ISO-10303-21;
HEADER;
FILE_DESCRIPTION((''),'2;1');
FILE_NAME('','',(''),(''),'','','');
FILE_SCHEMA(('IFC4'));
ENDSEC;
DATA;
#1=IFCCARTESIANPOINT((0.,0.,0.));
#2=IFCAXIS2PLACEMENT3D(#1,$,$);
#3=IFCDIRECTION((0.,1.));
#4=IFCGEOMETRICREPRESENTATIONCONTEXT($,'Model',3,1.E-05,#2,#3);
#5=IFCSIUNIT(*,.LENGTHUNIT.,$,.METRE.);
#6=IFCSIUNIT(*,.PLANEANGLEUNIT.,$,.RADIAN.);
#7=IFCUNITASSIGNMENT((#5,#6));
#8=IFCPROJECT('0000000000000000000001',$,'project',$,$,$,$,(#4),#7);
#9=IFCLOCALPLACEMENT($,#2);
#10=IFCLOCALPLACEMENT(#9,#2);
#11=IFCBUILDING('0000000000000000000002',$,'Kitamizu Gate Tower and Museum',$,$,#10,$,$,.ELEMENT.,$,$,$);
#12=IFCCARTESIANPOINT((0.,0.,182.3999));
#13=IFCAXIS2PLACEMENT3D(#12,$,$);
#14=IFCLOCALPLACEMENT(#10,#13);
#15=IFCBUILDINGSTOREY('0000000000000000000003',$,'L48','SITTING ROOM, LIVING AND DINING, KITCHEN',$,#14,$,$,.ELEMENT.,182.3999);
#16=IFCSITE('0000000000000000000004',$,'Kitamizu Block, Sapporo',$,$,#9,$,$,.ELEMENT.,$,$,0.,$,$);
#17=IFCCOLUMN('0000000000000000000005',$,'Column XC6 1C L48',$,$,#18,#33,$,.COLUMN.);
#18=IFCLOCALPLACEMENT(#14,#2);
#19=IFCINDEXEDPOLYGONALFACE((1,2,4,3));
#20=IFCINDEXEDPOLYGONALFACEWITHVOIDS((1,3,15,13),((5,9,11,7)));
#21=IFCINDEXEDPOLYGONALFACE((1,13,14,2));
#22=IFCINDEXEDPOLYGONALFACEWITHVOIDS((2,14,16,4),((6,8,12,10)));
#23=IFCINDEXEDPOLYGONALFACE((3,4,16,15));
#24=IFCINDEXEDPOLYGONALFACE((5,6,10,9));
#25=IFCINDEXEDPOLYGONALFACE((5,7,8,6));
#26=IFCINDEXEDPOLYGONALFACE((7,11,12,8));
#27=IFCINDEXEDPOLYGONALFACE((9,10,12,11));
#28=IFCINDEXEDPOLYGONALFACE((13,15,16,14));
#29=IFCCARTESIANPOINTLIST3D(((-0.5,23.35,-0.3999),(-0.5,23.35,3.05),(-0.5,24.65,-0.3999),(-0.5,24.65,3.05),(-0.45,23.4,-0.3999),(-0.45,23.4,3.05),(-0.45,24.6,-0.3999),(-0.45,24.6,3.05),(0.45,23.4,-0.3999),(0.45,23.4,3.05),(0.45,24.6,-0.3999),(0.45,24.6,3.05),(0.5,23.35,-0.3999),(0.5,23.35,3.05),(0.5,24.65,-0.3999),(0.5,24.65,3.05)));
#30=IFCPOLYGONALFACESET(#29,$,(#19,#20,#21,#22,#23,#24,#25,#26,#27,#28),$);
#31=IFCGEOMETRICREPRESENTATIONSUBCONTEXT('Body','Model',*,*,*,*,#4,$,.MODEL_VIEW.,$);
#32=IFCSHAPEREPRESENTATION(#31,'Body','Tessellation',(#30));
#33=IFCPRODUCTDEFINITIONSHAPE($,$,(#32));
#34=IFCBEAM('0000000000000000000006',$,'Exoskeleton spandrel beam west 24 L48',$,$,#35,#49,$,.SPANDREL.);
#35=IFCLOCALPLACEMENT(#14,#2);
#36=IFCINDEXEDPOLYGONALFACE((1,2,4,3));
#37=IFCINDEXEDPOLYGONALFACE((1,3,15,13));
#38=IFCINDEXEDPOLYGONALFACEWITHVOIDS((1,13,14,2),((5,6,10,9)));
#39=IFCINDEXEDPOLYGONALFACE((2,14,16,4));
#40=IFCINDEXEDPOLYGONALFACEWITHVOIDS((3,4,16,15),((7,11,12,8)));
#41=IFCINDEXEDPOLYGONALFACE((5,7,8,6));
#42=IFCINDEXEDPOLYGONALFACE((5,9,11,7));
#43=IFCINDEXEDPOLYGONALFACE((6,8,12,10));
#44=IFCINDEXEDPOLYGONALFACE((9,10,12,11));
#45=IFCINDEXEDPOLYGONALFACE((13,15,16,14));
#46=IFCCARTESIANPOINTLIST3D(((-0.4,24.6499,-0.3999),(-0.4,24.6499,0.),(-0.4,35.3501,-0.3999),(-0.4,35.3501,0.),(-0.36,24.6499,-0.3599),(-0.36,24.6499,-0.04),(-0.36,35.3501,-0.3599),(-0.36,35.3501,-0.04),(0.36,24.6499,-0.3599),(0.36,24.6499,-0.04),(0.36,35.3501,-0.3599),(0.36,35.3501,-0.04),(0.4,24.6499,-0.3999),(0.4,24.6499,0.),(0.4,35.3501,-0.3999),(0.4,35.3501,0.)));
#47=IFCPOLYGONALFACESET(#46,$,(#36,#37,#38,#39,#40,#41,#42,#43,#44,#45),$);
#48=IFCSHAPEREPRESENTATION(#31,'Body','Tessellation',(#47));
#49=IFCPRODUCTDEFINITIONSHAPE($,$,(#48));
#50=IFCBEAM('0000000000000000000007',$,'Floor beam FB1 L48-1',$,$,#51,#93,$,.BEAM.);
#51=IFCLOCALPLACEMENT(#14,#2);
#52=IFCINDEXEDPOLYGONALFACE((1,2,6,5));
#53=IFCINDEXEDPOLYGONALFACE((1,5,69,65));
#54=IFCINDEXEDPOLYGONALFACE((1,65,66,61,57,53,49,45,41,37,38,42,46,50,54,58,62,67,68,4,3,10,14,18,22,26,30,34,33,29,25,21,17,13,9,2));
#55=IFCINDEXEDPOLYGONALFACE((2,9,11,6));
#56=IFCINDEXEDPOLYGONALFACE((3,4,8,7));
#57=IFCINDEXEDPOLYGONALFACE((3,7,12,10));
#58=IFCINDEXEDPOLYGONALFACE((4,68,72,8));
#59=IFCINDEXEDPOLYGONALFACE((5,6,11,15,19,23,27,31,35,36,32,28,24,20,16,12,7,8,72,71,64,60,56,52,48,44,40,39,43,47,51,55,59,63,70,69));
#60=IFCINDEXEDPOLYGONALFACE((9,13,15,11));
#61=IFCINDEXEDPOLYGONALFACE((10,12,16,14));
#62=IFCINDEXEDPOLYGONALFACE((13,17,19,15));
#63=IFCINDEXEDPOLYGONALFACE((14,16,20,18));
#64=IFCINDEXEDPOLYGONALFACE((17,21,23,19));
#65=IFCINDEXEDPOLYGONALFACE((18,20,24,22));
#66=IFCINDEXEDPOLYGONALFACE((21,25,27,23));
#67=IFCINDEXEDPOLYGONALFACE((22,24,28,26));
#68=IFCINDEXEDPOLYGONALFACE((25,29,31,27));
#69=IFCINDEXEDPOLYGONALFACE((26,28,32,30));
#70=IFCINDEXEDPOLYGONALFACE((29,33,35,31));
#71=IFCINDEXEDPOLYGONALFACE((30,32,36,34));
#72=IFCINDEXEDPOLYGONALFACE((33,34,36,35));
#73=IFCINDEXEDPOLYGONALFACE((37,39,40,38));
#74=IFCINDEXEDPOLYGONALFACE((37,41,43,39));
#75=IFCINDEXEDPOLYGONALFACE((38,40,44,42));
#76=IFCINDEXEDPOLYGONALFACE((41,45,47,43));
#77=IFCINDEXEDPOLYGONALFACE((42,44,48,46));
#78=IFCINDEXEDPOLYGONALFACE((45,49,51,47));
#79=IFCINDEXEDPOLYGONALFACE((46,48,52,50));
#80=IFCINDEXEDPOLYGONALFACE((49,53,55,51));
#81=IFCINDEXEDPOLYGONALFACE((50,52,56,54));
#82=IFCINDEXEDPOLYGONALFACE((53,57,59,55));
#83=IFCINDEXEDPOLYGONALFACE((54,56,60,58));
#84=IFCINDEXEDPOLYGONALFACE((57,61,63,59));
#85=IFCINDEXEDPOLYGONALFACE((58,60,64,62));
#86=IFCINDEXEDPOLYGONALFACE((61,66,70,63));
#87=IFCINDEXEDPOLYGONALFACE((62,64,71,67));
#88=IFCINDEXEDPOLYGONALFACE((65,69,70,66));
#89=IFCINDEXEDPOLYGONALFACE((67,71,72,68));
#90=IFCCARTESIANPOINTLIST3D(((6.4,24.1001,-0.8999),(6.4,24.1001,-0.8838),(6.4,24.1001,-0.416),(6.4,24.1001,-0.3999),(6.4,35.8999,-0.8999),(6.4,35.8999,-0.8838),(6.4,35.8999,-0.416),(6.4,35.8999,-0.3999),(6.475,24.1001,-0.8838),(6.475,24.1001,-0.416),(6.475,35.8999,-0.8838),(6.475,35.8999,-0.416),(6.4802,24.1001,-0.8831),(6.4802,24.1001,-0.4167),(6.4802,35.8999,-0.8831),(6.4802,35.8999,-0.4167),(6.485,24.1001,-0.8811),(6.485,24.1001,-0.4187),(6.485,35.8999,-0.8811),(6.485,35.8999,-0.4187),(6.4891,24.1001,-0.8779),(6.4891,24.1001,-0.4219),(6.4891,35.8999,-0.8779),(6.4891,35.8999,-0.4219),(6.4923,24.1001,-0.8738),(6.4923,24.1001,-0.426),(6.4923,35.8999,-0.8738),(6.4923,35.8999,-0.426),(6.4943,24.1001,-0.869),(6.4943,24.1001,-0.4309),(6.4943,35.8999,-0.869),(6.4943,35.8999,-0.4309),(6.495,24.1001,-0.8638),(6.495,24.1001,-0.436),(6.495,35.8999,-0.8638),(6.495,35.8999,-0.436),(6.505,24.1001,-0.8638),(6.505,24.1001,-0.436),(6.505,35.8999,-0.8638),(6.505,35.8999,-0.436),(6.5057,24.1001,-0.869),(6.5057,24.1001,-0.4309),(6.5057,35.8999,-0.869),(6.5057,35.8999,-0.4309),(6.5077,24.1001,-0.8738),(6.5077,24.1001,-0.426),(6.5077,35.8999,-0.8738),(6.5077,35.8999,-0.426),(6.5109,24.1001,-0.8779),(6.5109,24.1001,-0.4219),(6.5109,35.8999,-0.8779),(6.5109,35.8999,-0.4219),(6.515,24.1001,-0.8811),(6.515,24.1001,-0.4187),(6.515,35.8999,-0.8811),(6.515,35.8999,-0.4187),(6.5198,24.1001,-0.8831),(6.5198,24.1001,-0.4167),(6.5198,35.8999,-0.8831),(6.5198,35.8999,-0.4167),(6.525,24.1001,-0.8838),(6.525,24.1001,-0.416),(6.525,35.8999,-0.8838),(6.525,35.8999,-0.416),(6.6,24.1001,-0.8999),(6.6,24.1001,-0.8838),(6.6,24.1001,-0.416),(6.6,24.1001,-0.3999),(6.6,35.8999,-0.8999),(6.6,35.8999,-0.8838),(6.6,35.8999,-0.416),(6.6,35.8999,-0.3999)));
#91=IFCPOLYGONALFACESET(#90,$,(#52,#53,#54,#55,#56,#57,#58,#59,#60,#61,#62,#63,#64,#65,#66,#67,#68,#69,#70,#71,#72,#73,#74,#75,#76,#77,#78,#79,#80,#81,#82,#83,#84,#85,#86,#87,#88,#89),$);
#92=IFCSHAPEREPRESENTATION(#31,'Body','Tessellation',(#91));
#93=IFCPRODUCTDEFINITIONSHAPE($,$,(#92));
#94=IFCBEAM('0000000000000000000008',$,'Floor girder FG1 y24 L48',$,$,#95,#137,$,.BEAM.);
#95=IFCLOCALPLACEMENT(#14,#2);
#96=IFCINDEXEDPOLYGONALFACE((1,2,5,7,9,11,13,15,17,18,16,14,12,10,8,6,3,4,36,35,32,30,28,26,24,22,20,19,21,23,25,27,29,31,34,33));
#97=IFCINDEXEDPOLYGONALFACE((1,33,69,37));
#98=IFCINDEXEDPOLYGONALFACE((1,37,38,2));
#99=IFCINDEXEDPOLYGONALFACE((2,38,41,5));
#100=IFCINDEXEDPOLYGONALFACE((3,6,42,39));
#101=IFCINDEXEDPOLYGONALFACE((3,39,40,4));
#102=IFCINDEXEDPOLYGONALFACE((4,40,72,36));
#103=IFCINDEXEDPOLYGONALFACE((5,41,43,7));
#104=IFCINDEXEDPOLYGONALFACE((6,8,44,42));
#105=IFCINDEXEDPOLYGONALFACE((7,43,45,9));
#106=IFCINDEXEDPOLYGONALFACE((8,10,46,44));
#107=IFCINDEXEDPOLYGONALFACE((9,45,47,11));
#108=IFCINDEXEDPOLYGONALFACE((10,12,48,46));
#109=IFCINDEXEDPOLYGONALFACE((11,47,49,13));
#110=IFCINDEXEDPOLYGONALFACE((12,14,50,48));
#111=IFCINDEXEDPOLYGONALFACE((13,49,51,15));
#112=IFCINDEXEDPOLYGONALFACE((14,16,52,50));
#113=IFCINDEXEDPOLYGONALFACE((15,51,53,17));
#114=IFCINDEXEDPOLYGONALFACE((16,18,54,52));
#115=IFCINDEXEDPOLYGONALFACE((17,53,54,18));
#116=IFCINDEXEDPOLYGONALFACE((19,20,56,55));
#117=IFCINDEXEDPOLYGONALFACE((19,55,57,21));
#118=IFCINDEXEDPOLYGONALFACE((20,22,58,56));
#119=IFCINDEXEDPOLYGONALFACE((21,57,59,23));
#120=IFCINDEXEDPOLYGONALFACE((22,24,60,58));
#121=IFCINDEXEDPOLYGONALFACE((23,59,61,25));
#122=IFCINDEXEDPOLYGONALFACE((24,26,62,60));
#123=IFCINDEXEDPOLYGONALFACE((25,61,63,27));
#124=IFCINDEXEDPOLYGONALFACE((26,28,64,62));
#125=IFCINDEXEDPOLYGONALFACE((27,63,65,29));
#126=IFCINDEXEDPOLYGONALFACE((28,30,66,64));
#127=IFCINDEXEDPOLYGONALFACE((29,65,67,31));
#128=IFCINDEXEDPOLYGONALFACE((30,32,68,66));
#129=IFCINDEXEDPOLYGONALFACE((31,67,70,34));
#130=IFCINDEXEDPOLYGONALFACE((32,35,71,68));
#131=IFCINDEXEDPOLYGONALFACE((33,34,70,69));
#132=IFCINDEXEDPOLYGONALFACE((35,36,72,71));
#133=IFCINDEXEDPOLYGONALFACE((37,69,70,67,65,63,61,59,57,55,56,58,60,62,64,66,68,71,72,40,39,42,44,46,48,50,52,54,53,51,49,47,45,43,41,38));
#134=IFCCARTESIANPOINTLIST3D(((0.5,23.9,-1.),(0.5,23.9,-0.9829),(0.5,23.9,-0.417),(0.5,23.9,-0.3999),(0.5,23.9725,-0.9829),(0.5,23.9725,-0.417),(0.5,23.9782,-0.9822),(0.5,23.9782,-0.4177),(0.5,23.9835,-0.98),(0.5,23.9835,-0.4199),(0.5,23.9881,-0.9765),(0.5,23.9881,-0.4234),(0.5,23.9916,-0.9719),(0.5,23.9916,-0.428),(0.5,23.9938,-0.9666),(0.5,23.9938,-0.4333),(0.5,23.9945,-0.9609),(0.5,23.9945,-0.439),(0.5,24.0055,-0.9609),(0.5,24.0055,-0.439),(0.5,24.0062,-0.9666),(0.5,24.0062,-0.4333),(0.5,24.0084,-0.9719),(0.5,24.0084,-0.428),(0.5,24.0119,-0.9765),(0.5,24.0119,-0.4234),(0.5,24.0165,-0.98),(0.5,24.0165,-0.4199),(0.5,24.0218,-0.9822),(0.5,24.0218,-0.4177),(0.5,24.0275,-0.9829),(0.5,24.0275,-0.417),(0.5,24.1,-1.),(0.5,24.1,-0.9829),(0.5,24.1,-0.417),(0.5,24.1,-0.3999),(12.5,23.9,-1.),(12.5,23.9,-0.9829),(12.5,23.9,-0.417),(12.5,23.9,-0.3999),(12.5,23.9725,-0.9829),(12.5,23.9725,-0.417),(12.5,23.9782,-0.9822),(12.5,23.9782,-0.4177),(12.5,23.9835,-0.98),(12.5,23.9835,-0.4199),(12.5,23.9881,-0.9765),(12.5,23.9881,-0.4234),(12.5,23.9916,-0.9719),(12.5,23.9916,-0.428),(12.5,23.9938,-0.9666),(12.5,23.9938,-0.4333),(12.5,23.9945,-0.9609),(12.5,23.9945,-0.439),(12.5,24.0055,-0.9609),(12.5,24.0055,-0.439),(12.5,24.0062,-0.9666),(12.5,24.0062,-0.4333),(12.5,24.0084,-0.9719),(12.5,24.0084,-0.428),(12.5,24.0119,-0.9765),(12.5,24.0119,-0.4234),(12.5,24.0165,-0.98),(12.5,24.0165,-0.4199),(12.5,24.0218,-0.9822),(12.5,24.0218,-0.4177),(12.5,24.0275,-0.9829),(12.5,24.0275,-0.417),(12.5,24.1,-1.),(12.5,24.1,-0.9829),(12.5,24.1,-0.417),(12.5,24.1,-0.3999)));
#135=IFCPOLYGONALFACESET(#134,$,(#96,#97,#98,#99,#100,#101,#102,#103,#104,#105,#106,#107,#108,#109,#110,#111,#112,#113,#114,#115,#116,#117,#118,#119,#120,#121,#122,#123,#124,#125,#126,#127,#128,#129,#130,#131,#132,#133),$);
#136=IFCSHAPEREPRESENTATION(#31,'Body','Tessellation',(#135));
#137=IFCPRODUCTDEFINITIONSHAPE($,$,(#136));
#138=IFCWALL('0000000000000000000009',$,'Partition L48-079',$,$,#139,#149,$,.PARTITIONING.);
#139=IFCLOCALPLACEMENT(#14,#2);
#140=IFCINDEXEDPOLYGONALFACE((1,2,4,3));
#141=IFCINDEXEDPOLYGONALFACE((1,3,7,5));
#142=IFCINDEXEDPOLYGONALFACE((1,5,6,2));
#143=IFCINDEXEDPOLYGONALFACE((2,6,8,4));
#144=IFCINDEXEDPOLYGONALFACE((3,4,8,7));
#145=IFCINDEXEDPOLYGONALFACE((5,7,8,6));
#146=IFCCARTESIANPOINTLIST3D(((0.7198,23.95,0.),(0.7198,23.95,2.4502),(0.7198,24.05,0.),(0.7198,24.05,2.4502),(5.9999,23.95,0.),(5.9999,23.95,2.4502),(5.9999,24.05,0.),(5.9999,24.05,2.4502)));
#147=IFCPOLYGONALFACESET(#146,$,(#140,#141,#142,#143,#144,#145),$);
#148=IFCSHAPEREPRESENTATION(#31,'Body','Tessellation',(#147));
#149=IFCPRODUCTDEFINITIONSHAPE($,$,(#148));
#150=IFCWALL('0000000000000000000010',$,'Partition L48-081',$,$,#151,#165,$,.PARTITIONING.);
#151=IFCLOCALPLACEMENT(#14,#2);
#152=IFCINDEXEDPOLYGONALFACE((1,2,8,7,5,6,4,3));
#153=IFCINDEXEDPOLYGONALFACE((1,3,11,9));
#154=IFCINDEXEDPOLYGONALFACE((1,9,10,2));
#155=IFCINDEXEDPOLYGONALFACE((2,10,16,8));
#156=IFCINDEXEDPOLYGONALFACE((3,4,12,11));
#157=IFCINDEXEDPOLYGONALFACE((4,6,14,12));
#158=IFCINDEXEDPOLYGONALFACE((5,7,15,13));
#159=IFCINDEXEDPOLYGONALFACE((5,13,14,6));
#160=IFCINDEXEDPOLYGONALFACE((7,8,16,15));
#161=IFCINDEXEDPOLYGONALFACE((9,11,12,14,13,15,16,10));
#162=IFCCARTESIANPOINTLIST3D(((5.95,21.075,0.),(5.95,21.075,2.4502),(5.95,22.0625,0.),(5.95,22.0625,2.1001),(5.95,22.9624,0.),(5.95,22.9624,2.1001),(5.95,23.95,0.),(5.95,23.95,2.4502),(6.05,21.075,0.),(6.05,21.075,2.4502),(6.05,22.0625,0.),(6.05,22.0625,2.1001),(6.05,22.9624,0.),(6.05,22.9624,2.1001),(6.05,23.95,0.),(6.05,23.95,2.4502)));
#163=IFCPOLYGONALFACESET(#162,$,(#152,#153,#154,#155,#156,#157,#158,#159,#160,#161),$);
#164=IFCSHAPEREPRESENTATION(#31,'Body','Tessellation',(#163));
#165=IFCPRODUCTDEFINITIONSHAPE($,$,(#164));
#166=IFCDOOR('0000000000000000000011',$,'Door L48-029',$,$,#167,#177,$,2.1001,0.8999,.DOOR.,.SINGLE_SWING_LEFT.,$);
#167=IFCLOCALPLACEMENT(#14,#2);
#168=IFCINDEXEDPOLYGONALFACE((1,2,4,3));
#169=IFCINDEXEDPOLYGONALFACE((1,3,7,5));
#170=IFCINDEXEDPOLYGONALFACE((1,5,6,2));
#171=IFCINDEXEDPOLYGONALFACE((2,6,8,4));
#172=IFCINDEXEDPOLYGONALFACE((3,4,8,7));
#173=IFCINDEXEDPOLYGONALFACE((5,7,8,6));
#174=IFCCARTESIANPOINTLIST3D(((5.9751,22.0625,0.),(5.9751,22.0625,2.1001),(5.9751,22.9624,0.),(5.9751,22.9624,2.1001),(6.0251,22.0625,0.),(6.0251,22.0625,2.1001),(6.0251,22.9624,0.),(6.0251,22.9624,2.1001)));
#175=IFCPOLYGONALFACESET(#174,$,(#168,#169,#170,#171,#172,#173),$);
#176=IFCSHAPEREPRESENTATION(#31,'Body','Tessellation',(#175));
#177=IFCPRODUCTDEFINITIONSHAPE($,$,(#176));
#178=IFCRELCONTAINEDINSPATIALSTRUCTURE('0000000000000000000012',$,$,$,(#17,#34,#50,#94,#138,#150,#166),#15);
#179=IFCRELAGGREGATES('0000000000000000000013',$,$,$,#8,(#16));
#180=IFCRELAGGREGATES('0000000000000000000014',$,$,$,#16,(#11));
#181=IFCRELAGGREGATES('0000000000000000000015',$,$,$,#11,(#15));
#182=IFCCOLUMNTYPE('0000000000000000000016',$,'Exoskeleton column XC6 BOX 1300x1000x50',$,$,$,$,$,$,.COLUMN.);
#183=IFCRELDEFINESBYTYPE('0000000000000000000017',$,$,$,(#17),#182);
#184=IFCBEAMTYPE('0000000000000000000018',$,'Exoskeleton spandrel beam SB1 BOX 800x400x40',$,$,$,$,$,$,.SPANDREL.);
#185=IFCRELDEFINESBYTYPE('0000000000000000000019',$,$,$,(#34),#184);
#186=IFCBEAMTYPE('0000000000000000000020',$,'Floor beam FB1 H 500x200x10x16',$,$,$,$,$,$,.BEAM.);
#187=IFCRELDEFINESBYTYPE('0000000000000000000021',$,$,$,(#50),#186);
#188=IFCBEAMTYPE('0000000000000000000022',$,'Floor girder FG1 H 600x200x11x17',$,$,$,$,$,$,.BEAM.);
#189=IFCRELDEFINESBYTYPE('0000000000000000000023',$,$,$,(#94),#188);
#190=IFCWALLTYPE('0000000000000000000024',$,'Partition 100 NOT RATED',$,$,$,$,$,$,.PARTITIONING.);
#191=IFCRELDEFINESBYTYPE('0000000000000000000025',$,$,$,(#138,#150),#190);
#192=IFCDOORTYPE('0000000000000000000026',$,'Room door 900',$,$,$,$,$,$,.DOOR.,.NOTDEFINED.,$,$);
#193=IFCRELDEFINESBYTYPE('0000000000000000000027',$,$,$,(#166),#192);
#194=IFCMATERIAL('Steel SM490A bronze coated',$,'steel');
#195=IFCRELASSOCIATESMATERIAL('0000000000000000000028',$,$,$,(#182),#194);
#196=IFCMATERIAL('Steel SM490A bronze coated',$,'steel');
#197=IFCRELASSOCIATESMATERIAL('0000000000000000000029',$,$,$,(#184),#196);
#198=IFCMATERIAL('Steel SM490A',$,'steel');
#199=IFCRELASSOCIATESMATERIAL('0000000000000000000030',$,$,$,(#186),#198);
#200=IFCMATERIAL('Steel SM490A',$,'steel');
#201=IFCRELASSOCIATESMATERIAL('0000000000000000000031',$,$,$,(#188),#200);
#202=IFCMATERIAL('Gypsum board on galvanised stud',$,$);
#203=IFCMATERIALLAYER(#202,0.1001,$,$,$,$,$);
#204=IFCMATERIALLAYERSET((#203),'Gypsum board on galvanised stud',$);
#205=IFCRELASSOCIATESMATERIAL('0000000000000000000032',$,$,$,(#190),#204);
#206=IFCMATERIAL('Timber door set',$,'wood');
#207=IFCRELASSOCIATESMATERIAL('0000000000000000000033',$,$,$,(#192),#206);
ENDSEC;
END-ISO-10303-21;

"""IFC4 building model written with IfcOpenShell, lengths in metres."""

from ifc_helpers import new_model, si_unit, direction, frame, frame_2d, origin, origin_2d, place, context, subcontext, project, spatial, rectangle, hollow_rectangle, i_section, extrude, material, layer, layer_set, material_profile, profile_set, type_object, element, fill, save


model = new_model("IFC4")

# Units and contexts
model_context = context("Model", 3, precision=1e-05, world=origin(), true_north=direction((0.0, 1.0)))
body_context = subcontext(model_context, "Body", "Model", "MODEL_VIEW")
ifc_project = project(units=[si_unit("LENGTHUNIT", "METRE"), si_unit("PLANEANGLEUNIT", "RADIAN")], contexts=[model_context])

# Site, building, storey
site_placement = place(None, origin())
site = spatial("IfcSite", under=ifc_project, at=site_placement, Name="Kitamizu Block, Sapporo", CompositionType="ELEMENT", RefElevation=0.0)
building_placement = place(site_placement, origin())
building = spatial("IfcBuilding", under=site, at=building_placement, Name="Kitamizu Gate Tower and Museum", CompositionType="ELEMENT")
storey_placement = place(building_placement, frame((0.0, 0.0, 182.3999)))
storey = spatial("IfcBuildingStorey", under=building, at=storey_placement, Name="L48", Description="SITTING ROOM, LIVING AND DINING, KITCHEN", CompositionType="ELEMENT", Elevation=182.3999)

# Column
ifc_material_1 = material(Name="Steel SM490A bronze coated", Category="steel")
ifc_material_profile_1 = material_profile(ifc_material_1, hollow_rectangle(XDim=1.3, YDim=1.0, WallThickness=0.05, at=origin_2d()), Name="BOX 1300x1000x50")
ifc_profile_set_1 = profile_set([ifc_material_profile_1], Name="Steel SM490A bronze coated")
column_type = type_object("IfcColumnType", Name="Exoskeleton column XC6 BOX 1300x1000x50", PredefinedType="COLUMN", material=ifc_profile_set_1)
column_placement = place(storey_placement, frame((0.0, 24.0, -0.3999), z_axis=(0.0, 0.0, 1.0), x_axis=(0.0, 1.0, 0.0)))
element("IfcColumn", 1, at=column_placement, inside=storey, type_object=column_type, Name="Column XC6 1C L48", PredefinedType="COLUMN", context=body_context, shape_type="SweptSolid", body=[
    extrude(hollow_rectangle(XDim=1.3, YDim=1.0, WallThickness=0.05, at=origin_2d()), origin(), (0.0, 0.0, 1.0), 3.45),
])

# Beams
ifc_material_2 = material(Name="Steel SM490A bronze coated", Category="steel")
ifc_material_profile_2 = material_profile(ifc_material_2, hollow_rectangle(XDim=0.8, YDim=0.3999, WallThickness=0.04, at=origin_2d()), Name="BOX 800x400x40")
ifc_profile_set_2 = profile_set([ifc_material_profile_2], Name="Steel SM490A bronze coated")
beam_type_1 = type_object("IfcBeamType", Name="Exoskeleton spandrel beam SB1 BOX 800x400x40", PredefinedType="SPANDREL", material=ifc_profile_set_2)
beam_1_placement = place(storey_placement, frame((0.0, 24.6499, -0.2), z_axis=(0.0, 1.0, 0.0), x_axis=(-1.0, 0.0, 0.0)))
element("IfcBeam", 2, at=beam_1_placement, inside=storey, type_object=beam_type_1, Name="Exoskeleton spandrel beam west 24 L48", PredefinedType="SPANDREL", context=body_context, shape_type="SweptSolid", body=[
    extrude(hollow_rectangle(XDim=0.8, YDim=0.3999, WallThickness=0.04, at=origin_2d()), origin(), (0.0, 0.0, 1.0), 10.7002),
])
ifc_material_3 = material(Name="Steel SM490A", Category="steel")
ifc_material_profile_3 = material_profile(ifc_material_3, i_section(OverallWidth=0.2, OverallDepth=0.5, WebThickness=0.01, FlangeThickness=0.0161, FilletRadius=0.02, at=origin_2d()), Name="H-500x200x10x16")
ifc_profile_set_3 = profile_set([ifc_material_profile_3], Name="Steel SM490A")
beam_type_2 = type_object("IfcBeamType", Name="Floor beam FB1 H 500x200x10x16", PredefinedType="BEAM", material=ifc_profile_set_3)
beam_2_placement = place(storey_placement, frame((6.5, 24.1001, -0.6499), z_axis=(0.0, 1.0, 0.0), x_axis=(-1.0, 0.0, 0.0)))
element("IfcBeam", 3, at=beam_2_placement, inside=storey, type_object=beam_type_2, Name="Floor beam FB1 L48-1", PredefinedType="BEAM", context=body_context, shape_type="SweptSolid", body=[
    extrude(i_section(OverallWidth=0.2, OverallDepth=0.5, WebThickness=0.01, FlangeThickness=0.0161, FilletRadius=0.02, at=origin_2d()), origin(), (0.0, 0.0, 1.0), 11.7998),
])
ifc_material_4 = material(Name="Steel SM490A", Category="steel")
ifc_material_profile_4 = material_profile(ifc_material_4, i_section(OverallWidth=0.2, OverallDepth=0.6001, WebThickness=0.011, FlangeThickness=0.0171, FilletRadius=0.022, at=origin_2d()), Name="H-600x200x11x17")
ifc_profile_set_4 = profile_set([ifc_material_profile_4], Name="Steel SM490A")
beam_type_3 = type_object("IfcBeamType", Name="Floor girder FG1 H 600x200x11x17", PredefinedType="BEAM", material=ifc_profile_set_4)
beam_3_placement = place(storey_placement, frame((0.5, 24.0, -0.7), z_axis=(1.0, 0.0, 0.0), x_axis=(0.0, 1.0, 0.0)))
element("IfcBeam", 4, at=beam_3_placement, inside=storey, type_object=beam_type_3, Name="Floor girder FG1 y24 L48", PredefinedType="BEAM", context=body_context, shape_type="SweptSolid", body=[
    extrude(i_section(OverallWidth=0.2, OverallDepth=0.6001, WebThickness=0.011, FlangeThickness=0.0171, FilletRadius=0.022, at=origin_2d()), origin(), (0.0, 0.0, 1.0), 12.0),
])

# Wall
ifc_material_5 = material(Name="Gypsum board on galvanised stud")
ifc_layer_1 = layer(ifc_material_5, 0.1001)
ifc_layer_set_1 = layer_set([ifc_layer_1], Name="Gypsum board on galvanised stud")
wall_type_1 = type_object("IfcWallType", Name="Partition 100 NOT RATED", PredefinedType="PARTITIONING", material=ifc_layer_set_1)
wall_1_placement = place(storey_placement, frame((6.0, 24.0, 0.0), z_axis=(0.0, 0.0, 1.0), x_axis=(-1.0, 0.0, 0.0)))
element("IfcWall", 5, at=wall_1_placement, inside=storey, type_object=wall_type_1, Name="Partition L48-079", PredefinedType="PARTITIONING", context=body_context, shape_type="SweptSolid", body=[
    extrude(rectangle(XDim=5.28, YDim=0.1001, at=frame_2d((2.6401, 0.0))), origin(), (0.0, 0.0, 1.0), 2.4502),
])

# Wall, opening, door
wall_2_placement = place(storey_placement, frame((6.0, 21.075, 0.0), z_axis=(0.0, 0.0, 1.0), x_axis=(0.0, 1.0, 0.0)))
wall_2 = element("IfcWall", 6, at=wall_2_placement, inside=storey, type_object=wall_type_1, Name="Partition L48-081", PredefinedType="PARTITIONING", context=body_context, shape_type="SweptSolid", body=[
    extrude(rectangle(XDim=2.875, YDim=0.1001, at=frame_2d((1.4375, 0.0))), origin(), (0.0, 0.0, 1.0), 2.4502),
])
opening_1_placement = place(wall_2_placement, frame((0.9875, 0.0, 0.0)))
opening_1 = element("IfcOpeningElement", 7, at=opening_1_placement, cuts=wall_2, PredefinedType="OPENING", context=body_context, shape_type="SweptSolid", body=[
    extrude(rectangle(XDim=0.8999, YDim=2.1001, at=frame_2d((0.45, 1.05))), frame((0.0, 0.0601, 0.0), z_axis=(0.0, -1.0, 0.0), x_axis=(1.0, 0.0, 0.0)), (0.0, 0.0, 1.0), 0.1201),
])
ifc_material_6 = material(Name="Timber door set", Category="wood")
door_type_1 = type_object("IfcDoorType", Name="Room door 900", OperationType="NOTDEFINED", PredefinedType="DOOR", material=ifc_material_6)
door_1_placement = place(opening_1_placement, origin())
door_1 = element("IfcDoor", 8, at=door_1_placement, inside=storey, type_object=door_type_1, Name="Door L48-029", OperationType="SINGLE_SWING_LEFT", OverallHeight=2.1001, OverallWidth=0.8999, PredefinedType="DOOR", context=body_context, shape_type="SweptSolid", body=[
    extrude(rectangle(XDim=0.8999, YDim=2.1001, at=frame_2d((0.45, 1.05))), frame((0.0, 0.0249, 0.0), z_axis=(0.0, -1.0, 0.0), x_axis=(1.0, 0.0, 0.0)), (0.0, 0.0, 1.0), 0.05),
])
fill(opening_1, door_1)

save(model, "model.ifc")
